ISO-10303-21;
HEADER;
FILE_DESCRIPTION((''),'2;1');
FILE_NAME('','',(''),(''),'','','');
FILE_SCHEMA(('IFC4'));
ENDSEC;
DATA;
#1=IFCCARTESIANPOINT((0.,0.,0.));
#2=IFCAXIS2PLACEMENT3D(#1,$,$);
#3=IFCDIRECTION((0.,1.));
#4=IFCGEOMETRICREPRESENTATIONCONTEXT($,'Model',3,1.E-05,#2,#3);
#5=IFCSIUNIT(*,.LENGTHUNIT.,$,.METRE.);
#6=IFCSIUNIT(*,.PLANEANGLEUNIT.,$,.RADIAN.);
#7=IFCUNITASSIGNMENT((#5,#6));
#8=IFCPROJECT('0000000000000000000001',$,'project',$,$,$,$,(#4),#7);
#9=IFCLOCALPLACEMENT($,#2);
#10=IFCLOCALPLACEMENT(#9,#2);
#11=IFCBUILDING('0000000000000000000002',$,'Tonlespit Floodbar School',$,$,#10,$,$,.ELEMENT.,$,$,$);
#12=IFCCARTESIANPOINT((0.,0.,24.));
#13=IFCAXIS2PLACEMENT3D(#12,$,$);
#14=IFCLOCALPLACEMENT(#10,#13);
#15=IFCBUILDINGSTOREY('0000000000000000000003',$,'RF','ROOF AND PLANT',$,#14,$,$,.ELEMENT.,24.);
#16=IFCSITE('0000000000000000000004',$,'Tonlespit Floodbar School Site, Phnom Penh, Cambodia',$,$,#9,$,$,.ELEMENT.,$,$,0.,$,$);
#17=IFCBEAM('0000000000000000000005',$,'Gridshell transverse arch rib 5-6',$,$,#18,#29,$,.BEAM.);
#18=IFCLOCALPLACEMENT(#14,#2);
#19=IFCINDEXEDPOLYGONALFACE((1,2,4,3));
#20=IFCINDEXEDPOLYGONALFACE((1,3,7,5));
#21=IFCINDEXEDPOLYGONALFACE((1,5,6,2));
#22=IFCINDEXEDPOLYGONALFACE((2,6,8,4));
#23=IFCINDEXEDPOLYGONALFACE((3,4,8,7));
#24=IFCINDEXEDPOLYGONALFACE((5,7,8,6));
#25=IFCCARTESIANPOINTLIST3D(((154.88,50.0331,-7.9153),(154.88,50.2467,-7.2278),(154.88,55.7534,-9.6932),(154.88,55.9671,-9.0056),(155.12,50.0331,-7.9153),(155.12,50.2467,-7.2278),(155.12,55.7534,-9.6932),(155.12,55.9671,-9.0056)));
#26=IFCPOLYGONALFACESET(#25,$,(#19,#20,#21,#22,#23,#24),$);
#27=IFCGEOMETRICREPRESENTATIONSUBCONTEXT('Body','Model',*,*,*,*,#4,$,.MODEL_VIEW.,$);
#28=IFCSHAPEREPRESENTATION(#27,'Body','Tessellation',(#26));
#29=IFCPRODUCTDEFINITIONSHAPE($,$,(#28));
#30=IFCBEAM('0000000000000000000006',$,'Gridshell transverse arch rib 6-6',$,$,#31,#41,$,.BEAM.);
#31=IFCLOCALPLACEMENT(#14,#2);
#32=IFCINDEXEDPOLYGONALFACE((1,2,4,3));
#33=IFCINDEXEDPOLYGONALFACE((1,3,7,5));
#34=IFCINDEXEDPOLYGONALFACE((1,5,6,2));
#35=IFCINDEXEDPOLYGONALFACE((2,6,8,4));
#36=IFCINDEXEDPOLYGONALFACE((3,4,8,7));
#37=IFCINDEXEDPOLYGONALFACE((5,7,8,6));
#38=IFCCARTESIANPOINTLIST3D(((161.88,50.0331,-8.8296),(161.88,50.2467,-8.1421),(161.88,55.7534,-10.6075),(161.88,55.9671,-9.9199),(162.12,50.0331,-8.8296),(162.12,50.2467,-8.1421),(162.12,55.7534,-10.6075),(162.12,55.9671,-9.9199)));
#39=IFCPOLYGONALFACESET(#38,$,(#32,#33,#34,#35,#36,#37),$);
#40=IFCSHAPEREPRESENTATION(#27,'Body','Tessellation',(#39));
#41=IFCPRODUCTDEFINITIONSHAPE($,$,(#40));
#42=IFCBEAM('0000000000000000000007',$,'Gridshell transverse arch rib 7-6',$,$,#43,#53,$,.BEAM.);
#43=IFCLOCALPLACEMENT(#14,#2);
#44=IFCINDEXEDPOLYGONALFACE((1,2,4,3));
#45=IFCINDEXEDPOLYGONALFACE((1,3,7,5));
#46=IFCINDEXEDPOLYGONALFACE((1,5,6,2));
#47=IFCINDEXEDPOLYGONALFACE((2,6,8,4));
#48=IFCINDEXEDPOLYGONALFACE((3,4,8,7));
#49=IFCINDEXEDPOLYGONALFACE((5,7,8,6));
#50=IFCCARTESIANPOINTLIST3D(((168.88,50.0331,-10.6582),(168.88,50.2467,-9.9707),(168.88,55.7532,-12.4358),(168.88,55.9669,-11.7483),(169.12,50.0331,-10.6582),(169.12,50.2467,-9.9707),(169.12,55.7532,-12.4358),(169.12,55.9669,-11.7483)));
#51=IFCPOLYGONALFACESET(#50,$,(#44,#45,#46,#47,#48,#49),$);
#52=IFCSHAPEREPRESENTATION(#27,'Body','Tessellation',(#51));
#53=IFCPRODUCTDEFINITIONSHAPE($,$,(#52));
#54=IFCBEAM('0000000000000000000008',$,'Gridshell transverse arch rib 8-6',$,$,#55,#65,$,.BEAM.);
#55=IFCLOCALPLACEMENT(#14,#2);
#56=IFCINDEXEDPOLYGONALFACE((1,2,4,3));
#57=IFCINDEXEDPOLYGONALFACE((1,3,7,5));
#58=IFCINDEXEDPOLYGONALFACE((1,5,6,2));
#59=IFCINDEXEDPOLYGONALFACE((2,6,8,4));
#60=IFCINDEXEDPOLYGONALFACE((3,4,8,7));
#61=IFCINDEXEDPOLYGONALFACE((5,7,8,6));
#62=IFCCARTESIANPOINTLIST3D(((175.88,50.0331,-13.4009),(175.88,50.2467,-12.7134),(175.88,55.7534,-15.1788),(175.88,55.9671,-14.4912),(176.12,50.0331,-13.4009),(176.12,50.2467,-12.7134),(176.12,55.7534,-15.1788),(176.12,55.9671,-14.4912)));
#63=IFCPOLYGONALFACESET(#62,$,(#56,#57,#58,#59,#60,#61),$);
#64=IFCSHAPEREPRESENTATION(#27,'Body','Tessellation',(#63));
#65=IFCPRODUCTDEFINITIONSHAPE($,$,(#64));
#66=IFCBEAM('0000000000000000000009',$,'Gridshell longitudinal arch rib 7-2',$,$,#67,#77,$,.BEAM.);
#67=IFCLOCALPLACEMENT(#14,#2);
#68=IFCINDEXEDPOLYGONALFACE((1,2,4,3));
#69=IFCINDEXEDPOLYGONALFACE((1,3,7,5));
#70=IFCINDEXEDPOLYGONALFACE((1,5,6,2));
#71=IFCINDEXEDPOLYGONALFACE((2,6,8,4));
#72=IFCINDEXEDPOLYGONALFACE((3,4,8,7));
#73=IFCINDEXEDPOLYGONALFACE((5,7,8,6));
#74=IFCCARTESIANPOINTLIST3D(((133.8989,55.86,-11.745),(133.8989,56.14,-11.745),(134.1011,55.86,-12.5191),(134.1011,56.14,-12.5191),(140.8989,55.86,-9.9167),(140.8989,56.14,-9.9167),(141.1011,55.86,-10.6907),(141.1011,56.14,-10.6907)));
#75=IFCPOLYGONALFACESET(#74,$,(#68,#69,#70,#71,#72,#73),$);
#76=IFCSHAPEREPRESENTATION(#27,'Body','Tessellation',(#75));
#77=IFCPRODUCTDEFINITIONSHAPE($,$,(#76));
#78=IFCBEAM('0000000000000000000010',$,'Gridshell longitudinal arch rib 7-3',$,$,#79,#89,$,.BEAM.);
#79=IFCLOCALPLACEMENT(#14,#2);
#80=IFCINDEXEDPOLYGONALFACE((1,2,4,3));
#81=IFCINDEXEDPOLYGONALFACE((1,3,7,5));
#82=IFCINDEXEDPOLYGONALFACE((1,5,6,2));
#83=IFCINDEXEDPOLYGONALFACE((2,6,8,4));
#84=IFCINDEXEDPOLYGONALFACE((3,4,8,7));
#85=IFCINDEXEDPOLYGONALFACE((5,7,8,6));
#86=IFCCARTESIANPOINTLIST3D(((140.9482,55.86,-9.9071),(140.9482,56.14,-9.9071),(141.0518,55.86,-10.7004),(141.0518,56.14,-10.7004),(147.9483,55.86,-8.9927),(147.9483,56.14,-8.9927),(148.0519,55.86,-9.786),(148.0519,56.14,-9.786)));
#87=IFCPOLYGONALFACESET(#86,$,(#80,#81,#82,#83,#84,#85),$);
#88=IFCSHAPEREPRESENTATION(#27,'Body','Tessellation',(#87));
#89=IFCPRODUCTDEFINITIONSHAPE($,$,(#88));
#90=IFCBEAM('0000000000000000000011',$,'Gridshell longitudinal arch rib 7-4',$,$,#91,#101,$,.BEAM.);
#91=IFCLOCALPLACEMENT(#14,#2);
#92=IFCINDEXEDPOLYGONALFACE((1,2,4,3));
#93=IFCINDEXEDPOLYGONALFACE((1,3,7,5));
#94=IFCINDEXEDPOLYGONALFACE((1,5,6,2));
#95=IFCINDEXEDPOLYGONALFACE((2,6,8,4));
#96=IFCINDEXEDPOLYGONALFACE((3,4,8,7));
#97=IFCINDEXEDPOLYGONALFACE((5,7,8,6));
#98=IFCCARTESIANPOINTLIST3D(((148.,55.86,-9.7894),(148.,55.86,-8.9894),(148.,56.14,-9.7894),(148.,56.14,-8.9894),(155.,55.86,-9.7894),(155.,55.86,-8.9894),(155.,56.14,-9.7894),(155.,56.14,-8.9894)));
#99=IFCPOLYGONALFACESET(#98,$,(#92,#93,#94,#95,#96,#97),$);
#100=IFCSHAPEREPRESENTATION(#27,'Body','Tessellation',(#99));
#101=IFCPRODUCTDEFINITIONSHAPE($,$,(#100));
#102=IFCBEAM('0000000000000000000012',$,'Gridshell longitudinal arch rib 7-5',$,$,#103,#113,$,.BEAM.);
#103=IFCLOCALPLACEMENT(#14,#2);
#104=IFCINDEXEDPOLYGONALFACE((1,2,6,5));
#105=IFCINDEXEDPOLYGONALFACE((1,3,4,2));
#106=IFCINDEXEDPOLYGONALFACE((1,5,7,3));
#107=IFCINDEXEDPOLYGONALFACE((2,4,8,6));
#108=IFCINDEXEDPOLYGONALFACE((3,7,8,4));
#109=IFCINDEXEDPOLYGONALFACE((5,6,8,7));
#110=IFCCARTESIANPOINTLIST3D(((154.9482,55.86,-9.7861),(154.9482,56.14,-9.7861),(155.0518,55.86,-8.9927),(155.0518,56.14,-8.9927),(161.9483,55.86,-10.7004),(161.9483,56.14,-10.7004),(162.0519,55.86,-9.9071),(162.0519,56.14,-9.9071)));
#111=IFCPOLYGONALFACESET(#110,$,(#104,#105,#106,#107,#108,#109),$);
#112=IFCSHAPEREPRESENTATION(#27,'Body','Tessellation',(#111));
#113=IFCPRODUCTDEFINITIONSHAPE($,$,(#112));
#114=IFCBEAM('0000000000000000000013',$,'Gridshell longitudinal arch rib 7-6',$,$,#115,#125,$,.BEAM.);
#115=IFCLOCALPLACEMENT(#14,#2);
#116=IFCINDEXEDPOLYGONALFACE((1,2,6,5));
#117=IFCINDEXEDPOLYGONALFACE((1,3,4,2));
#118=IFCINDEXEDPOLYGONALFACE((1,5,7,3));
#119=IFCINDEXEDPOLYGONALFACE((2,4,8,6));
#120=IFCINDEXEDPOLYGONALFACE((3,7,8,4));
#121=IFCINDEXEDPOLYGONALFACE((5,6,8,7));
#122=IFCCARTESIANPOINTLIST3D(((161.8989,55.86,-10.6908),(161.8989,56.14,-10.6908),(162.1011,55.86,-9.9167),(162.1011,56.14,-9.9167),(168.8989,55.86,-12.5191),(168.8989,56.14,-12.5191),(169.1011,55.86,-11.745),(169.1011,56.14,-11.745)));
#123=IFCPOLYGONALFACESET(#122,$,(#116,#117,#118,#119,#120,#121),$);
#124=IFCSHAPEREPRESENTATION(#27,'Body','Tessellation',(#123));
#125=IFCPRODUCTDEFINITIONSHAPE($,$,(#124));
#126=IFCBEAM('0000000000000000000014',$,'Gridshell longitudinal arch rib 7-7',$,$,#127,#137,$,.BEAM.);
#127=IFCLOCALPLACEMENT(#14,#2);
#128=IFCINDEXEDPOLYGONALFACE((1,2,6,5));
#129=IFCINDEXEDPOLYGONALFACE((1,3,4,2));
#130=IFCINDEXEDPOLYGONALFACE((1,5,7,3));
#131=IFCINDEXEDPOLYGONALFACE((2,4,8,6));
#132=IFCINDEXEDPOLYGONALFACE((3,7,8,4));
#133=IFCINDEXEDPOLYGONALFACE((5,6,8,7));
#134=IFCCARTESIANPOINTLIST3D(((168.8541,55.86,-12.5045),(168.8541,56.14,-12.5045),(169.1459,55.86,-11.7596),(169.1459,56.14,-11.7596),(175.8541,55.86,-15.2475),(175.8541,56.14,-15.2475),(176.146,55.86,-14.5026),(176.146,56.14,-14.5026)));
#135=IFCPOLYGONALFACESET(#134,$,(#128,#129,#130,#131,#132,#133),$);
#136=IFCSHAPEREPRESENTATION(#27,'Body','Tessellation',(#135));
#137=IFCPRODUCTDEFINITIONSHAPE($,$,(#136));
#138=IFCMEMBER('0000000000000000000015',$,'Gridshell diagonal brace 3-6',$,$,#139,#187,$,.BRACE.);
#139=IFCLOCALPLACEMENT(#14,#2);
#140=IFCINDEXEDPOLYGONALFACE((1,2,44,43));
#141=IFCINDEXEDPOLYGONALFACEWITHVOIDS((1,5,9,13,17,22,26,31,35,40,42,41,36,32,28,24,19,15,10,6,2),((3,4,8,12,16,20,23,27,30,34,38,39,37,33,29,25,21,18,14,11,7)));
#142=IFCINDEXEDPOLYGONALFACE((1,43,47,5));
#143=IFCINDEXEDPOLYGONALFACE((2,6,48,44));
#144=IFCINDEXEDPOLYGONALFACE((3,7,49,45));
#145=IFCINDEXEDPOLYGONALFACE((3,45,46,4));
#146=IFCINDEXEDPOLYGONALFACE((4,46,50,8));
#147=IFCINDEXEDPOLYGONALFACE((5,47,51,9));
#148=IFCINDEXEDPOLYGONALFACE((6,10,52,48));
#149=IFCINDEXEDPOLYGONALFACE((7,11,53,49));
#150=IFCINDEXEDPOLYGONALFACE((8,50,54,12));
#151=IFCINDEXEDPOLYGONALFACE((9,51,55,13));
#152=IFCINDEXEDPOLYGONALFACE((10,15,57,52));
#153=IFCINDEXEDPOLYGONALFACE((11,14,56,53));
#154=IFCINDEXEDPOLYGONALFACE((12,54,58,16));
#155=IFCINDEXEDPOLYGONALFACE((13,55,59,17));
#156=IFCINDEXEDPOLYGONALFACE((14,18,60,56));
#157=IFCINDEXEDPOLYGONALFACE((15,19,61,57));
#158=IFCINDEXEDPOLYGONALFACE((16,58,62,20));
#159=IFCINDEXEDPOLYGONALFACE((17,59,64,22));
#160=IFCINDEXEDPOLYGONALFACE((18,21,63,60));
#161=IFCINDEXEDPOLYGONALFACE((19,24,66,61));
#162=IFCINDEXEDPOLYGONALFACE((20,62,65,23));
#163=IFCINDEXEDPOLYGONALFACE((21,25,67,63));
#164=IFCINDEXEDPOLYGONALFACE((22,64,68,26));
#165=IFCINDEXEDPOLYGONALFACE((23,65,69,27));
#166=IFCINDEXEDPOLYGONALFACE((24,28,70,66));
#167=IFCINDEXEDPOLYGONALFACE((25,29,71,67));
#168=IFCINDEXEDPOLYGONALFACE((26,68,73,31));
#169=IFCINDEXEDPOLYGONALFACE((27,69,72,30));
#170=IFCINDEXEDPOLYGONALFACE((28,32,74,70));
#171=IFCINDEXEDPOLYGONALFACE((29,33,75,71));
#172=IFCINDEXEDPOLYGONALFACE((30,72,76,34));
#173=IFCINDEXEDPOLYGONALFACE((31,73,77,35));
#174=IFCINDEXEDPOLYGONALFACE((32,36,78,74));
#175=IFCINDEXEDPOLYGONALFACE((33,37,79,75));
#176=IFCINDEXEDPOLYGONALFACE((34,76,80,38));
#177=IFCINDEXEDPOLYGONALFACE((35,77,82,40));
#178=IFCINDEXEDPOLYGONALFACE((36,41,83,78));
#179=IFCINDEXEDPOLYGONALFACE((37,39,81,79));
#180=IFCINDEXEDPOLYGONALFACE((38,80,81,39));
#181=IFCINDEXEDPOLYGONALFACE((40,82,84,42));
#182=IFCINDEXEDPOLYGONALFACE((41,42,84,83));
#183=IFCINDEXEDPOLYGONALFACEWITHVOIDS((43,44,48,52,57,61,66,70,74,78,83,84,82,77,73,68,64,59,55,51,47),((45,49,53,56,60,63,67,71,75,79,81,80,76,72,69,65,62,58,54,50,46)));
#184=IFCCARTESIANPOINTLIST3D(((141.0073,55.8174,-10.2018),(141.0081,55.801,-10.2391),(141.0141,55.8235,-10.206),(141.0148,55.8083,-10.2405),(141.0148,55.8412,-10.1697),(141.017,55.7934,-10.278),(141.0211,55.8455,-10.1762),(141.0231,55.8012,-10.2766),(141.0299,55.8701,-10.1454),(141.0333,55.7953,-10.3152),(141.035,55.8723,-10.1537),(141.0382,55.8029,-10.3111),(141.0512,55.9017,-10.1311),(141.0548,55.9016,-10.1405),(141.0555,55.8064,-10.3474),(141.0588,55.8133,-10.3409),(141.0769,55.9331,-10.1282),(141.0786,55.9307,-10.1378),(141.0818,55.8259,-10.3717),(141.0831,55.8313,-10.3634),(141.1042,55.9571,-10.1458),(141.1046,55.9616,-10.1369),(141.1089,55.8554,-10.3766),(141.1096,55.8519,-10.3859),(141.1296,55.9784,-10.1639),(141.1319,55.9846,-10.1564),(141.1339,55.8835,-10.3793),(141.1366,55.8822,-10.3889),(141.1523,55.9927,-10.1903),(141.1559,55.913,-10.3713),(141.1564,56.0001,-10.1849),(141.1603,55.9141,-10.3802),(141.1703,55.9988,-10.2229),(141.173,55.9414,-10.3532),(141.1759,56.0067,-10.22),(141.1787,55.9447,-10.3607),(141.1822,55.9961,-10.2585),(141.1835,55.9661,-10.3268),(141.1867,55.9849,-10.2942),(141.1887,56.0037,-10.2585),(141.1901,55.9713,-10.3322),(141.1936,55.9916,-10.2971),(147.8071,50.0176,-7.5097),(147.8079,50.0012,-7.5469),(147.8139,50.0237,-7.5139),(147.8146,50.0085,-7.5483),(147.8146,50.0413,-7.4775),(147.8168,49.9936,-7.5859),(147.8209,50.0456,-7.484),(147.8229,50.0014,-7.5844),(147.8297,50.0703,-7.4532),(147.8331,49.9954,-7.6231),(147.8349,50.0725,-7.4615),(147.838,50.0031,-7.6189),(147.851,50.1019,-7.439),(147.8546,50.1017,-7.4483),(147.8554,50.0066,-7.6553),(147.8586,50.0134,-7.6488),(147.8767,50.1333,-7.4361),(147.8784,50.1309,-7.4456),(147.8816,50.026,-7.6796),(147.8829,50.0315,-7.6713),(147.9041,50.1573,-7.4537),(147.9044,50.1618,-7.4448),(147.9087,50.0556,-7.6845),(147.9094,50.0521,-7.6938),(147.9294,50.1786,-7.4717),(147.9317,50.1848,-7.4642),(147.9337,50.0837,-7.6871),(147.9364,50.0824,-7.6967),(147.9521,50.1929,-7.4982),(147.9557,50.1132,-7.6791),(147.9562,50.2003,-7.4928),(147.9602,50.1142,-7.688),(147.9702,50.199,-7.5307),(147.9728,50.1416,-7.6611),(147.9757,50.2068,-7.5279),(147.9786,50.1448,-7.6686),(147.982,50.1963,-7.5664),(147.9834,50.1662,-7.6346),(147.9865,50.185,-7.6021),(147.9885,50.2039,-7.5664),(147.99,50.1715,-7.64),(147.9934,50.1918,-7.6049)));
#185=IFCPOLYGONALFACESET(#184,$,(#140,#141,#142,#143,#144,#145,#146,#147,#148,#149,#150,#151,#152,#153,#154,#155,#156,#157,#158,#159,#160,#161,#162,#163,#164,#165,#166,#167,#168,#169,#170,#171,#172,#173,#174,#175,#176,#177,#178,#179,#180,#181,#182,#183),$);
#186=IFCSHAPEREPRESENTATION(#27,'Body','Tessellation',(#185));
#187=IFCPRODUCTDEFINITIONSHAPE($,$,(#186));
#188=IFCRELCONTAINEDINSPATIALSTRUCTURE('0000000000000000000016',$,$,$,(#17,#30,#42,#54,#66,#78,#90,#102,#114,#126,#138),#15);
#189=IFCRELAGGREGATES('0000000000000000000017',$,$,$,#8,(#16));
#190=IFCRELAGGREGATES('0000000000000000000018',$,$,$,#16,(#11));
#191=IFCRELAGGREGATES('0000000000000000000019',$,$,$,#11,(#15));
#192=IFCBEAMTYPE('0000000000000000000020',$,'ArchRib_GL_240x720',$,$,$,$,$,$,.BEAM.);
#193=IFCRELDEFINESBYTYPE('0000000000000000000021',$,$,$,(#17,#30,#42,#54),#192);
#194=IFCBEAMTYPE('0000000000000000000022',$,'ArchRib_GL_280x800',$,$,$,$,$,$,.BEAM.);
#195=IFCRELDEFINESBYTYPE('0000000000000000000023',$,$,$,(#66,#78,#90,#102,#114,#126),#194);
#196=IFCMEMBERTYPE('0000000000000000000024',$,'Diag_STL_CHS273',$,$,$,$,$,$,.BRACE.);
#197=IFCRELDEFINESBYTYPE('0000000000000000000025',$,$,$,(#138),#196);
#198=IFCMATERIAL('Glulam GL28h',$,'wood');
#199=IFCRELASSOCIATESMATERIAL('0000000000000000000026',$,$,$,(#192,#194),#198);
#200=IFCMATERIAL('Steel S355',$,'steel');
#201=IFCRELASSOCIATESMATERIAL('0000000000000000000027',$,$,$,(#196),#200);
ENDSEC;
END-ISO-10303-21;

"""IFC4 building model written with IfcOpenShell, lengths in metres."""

from ifc_helpers import new_model, si_unit, direction, frame, origin, origin_2d, place, context, subcontext, project, spatial, rectangle, hollow_circle, extrude, material, material_profile, profile_set, type_object, element, save


model = new_model("IFC4")

# Units and contexts
model_context = context("Model", 3, precision=1e-05, world=origin(), true_north=direction((0.0, 1.0)))
body_context = subcontext(model_context, "Body", "Model", "MODEL_VIEW")
ifc_project = project(units=[si_unit("LENGTHUNIT", "METRE"), si_unit("PLANEANGLEUNIT", "RADIAN")], contexts=[model_context])

# Site, building, storey
site_placement = place(None, origin())
site = spatial("IfcSite", under=ifc_project, at=site_placement, Name="Tonlespit Floodbar School Site, Phnom Penh, Cambodia", CompositionType="ELEMENT", RefElevation=0.0)
building_placement = place(site_placement, origin())
building = spatial("IfcBuilding", under=site, at=building_placement, Name="Tonlespit Floodbar School", CompositionType="ELEMENT")
storey_placement = place(building_placement, frame((0.0, 0.0, 24.0)))
storey = spatial("IfcBuildingStorey", under=building, at=storey_placement, Name="RF", Description="ROOF AND PLANT", CompositionType="ELEMENT", Elevation=24.0)

# Beams
ifc_material_1 = material(Name="Glulam GL28h", Category="wood")
ifc_material_profile_1 = material_profile(ifc_material_1, rectangle(XDim=0.24, YDim=0.72, at=origin_2d()), Name="GL 240x720")
ifc_profile_set_1 = profile_set([ifc_material_profile_1], Name="Glulam GL28h")
beam_type_1 = type_object("IfcBeamType", Name="ArchRib_GL_240x720", PredefinedType="BEAM", material=ifc_profile_set_1)
for number, where, z_axis, x_axis, name in (
    (1, (155.0, 50.1399, -7.5715), (0.0, 0.954942, -0.296794), (-1.0, 0.0, 0.0), "Gridshell transverse arch rib 5-6"),
    (2, (162.0, 50.1399, -8.4858), (0.0, 0.954942, -0.296794), (-1.0, 0.0, 0.0), "Gridshell transverse arch rib 6-6"),
):
    element("IfcBeam", number, at=place(storey_placement, frame(where, z_axis=z_axis, x_axis=x_axis)), inside=storey, type_object=beam_type_1, Name=name, PredefinedType="BEAM", context=body_context, shape_type="SweptSolid", body=[
        extrude(rectangle(XDim=0.24, YDim=0.72, at=origin_2d()), origin(), (0.0, 0.0, 1.0), 5.9902),
    ])
beam_1_placement = place(storey_placement, frame((169.0, 50.1399, -10.3145), z_axis=(0.0, 0.954953, -0.296757), x_axis=(-1.0, 0.0, 0.0)))
element("IfcBeam", 3, at=beam_1_placement, inside=storey, type_object=beam_type_1, Name="Gridshell transverse arch rib 7-6", PredefinedType="BEAM", context=body_context, shape_type="SweptSolid", body=[
    extrude(rectangle(XDim=0.24, YDim=0.72, at=origin_2d()), origin(), (0.0, 0.0, 1.0), 5.99),
])
beam_2_placement = place(storey_placement, frame((176.0, 50.1399, -13.0571), z_axis=(0.0, 0.954942, -0.296794), x_axis=(-1.0, 0.0, 0.0)))
element("IfcBeam", 4, at=beam_2_placement, inside=storey, type_object=beam_type_1, Name="Gridshell transverse arch rib 8-6", PredefinedType="BEAM", context=body_context, shape_type="SweptSolid", body=[
    extrude(rectangle(XDim=0.24, YDim=0.72, at=origin_2d()), origin(), (0.0, 0.0, 1.0), 5.9902),
])
ifc_material_profile_2 = material_profile(ifc_material_1, rectangle(XDim=0.28, YDim=0.8, at=origin_2d()), Name="GL 280x800")
ifc_profile_set_2 = profile_set([ifc_material_profile_2], Name="Glulam GL28h")
beam_type_2 = type_object("IfcBeamType", Name="ArchRib_GL_280x800", PredefinedType="BEAM", material=ifc_profile_set_2)
beam_3_placement = place(storey_placement, frame((134.0, 56.0, -12.1321), z_axis=(0.96754, 0.0, 0.252717), x_axis=(0.0, 1.0, 0.0)))
element("IfcBeam", 5, at=beam_3_placement, inside=storey, type_object=beam_type_2, Name="Gridshell longitudinal arch rib 7-2", PredefinedType="BEAM", context=body_context, shape_type="SweptSolid", body=[
    extrude(rectangle(XDim=0.28, YDim=0.8, at=origin_2d()), origin(), (0.0, 0.0, 1.0), 7.2349),
])
beam_4_placement = place(storey_placement, frame((141.0, 56.0, -10.3037), z_axis=(0.991577, 0.0, 0.129515), x_axis=(0.0, 1.0, 0.0)))
element("IfcBeam", 6, at=beam_4_placement, inside=storey, type_object=beam_type_2, Name="Gridshell longitudinal arch rib 7-3", PredefinedType="BEAM", context=body_context, shape_type="SweptSolid", body=[
    extrude(rectangle(XDim=0.28, YDim=0.8, at=origin_2d()), origin(), (0.0, 0.0, 1.0), 7.0596),
])
beam_5_placement = place(storey_placement, frame((148.0, 56.0, -9.3894), z_axis=(1.0, 0.0, 0.0), x_axis=(0.0, 1.0, 0.0)))
element("IfcBeam", 7, at=beam_5_placement, inside=storey, type_object=beam_type_2, Name="Gridshell longitudinal arch rib 7-4", PredefinedType="BEAM", context=body_context, shape_type="SweptSolid", body=[
    extrude(rectangle(XDim=0.28, YDim=0.8, at=origin_2d()), origin(), (0.0, 0.0, 1.0), 7.0),
])
beam_6_placement = place(storey_placement, frame((155.0, 56.0, -9.3894), z_axis=(0.991577, 0.0, -0.129515), x_axis=(0.0, 1.0, 0.0)))
element("IfcBeam", 8, at=beam_6_placement, inside=storey, type_object=beam_type_2, Name="Gridshell longitudinal arch rib 7-5", PredefinedType="BEAM", context=body_context, shape_type="SweptSolid", body=[
    extrude(rectangle(XDim=0.28, YDim=0.8, at=origin_2d()), origin(), (0.0, 0.0, 1.0), 7.0596),
])
beam_7_placement = place(storey_placement, frame((162.0, 56.0, -10.3037), z_axis=(0.96754, 0.0, -0.252717), x_axis=(0.0, 1.0, 0.0)))
element("IfcBeam", 9, at=beam_7_placement, inside=storey, type_object=beam_type_2, Name="Gridshell longitudinal arch rib 7-6", PredefinedType="BEAM", context=body_context, shape_type="SweptSolid", body=[
    extrude(rectangle(XDim=0.28, YDim=0.8, at=origin_2d()), origin(), (0.0, 0.0, 1.0), 7.2349),
])
beam_8_placement = place(storey_placement, frame((169.0, 56.0, -12.1321), z_axis=(0.931072, 0.0, -0.364836), x_axis=(0.0, 1.0, 0.0)))
element("IfcBeam", 10, at=beam_8_placement, inside=storey, type_object=beam_type_2, Name="Gridshell longitudinal arch rib 7-7", PredefinedType="BEAM", context=body_context, shape_type="SweptSolid", body=[
    extrude(rectangle(XDim=0.28, YDim=0.8, at=origin_2d()), origin(), (0.0, 0.0, 1.0), 7.5183),
])

# Member
ifc_material_2 = material(Name="Steel S355", Category="steel")
ifc_material_profile_3 = material_profile(ifc_material_2, hollow_circle(Radius=0.1365, WallThickness=0.01, at=origin_2d()), Name="CHS 273x10")
ifc_profile_set_3 = profile_set([ifc_material_profile_3], Name="Steel S355")
member_type = type_object("IfcMemberType", Name="Diag_STL_CHS273", PredefinedType="BRACE", material=ifc_profile_set_3)
member_1_placement = place(storey_placement, frame((141.1001, 55.8999, -10.2585), z_axis=(0.728502, -0.621366, 0.288424), x_axis=(0.648945, 0.760836, 0.0)))
element("IfcMember", 11, at=member_1_placement, inside=storey, type_object=member_type, Name="Gridshell diagonal brace 3-6", PredefinedType="BRACE", context=body_context, shape_type="SweptSolid", body=[
    extrude(hollow_circle(Radius=0.1365, WallThickness=0.01, at=origin_2d()), origin(), (0.0, 0.0, 1.0), 9.334),
])

save(model, "model.ifc")
